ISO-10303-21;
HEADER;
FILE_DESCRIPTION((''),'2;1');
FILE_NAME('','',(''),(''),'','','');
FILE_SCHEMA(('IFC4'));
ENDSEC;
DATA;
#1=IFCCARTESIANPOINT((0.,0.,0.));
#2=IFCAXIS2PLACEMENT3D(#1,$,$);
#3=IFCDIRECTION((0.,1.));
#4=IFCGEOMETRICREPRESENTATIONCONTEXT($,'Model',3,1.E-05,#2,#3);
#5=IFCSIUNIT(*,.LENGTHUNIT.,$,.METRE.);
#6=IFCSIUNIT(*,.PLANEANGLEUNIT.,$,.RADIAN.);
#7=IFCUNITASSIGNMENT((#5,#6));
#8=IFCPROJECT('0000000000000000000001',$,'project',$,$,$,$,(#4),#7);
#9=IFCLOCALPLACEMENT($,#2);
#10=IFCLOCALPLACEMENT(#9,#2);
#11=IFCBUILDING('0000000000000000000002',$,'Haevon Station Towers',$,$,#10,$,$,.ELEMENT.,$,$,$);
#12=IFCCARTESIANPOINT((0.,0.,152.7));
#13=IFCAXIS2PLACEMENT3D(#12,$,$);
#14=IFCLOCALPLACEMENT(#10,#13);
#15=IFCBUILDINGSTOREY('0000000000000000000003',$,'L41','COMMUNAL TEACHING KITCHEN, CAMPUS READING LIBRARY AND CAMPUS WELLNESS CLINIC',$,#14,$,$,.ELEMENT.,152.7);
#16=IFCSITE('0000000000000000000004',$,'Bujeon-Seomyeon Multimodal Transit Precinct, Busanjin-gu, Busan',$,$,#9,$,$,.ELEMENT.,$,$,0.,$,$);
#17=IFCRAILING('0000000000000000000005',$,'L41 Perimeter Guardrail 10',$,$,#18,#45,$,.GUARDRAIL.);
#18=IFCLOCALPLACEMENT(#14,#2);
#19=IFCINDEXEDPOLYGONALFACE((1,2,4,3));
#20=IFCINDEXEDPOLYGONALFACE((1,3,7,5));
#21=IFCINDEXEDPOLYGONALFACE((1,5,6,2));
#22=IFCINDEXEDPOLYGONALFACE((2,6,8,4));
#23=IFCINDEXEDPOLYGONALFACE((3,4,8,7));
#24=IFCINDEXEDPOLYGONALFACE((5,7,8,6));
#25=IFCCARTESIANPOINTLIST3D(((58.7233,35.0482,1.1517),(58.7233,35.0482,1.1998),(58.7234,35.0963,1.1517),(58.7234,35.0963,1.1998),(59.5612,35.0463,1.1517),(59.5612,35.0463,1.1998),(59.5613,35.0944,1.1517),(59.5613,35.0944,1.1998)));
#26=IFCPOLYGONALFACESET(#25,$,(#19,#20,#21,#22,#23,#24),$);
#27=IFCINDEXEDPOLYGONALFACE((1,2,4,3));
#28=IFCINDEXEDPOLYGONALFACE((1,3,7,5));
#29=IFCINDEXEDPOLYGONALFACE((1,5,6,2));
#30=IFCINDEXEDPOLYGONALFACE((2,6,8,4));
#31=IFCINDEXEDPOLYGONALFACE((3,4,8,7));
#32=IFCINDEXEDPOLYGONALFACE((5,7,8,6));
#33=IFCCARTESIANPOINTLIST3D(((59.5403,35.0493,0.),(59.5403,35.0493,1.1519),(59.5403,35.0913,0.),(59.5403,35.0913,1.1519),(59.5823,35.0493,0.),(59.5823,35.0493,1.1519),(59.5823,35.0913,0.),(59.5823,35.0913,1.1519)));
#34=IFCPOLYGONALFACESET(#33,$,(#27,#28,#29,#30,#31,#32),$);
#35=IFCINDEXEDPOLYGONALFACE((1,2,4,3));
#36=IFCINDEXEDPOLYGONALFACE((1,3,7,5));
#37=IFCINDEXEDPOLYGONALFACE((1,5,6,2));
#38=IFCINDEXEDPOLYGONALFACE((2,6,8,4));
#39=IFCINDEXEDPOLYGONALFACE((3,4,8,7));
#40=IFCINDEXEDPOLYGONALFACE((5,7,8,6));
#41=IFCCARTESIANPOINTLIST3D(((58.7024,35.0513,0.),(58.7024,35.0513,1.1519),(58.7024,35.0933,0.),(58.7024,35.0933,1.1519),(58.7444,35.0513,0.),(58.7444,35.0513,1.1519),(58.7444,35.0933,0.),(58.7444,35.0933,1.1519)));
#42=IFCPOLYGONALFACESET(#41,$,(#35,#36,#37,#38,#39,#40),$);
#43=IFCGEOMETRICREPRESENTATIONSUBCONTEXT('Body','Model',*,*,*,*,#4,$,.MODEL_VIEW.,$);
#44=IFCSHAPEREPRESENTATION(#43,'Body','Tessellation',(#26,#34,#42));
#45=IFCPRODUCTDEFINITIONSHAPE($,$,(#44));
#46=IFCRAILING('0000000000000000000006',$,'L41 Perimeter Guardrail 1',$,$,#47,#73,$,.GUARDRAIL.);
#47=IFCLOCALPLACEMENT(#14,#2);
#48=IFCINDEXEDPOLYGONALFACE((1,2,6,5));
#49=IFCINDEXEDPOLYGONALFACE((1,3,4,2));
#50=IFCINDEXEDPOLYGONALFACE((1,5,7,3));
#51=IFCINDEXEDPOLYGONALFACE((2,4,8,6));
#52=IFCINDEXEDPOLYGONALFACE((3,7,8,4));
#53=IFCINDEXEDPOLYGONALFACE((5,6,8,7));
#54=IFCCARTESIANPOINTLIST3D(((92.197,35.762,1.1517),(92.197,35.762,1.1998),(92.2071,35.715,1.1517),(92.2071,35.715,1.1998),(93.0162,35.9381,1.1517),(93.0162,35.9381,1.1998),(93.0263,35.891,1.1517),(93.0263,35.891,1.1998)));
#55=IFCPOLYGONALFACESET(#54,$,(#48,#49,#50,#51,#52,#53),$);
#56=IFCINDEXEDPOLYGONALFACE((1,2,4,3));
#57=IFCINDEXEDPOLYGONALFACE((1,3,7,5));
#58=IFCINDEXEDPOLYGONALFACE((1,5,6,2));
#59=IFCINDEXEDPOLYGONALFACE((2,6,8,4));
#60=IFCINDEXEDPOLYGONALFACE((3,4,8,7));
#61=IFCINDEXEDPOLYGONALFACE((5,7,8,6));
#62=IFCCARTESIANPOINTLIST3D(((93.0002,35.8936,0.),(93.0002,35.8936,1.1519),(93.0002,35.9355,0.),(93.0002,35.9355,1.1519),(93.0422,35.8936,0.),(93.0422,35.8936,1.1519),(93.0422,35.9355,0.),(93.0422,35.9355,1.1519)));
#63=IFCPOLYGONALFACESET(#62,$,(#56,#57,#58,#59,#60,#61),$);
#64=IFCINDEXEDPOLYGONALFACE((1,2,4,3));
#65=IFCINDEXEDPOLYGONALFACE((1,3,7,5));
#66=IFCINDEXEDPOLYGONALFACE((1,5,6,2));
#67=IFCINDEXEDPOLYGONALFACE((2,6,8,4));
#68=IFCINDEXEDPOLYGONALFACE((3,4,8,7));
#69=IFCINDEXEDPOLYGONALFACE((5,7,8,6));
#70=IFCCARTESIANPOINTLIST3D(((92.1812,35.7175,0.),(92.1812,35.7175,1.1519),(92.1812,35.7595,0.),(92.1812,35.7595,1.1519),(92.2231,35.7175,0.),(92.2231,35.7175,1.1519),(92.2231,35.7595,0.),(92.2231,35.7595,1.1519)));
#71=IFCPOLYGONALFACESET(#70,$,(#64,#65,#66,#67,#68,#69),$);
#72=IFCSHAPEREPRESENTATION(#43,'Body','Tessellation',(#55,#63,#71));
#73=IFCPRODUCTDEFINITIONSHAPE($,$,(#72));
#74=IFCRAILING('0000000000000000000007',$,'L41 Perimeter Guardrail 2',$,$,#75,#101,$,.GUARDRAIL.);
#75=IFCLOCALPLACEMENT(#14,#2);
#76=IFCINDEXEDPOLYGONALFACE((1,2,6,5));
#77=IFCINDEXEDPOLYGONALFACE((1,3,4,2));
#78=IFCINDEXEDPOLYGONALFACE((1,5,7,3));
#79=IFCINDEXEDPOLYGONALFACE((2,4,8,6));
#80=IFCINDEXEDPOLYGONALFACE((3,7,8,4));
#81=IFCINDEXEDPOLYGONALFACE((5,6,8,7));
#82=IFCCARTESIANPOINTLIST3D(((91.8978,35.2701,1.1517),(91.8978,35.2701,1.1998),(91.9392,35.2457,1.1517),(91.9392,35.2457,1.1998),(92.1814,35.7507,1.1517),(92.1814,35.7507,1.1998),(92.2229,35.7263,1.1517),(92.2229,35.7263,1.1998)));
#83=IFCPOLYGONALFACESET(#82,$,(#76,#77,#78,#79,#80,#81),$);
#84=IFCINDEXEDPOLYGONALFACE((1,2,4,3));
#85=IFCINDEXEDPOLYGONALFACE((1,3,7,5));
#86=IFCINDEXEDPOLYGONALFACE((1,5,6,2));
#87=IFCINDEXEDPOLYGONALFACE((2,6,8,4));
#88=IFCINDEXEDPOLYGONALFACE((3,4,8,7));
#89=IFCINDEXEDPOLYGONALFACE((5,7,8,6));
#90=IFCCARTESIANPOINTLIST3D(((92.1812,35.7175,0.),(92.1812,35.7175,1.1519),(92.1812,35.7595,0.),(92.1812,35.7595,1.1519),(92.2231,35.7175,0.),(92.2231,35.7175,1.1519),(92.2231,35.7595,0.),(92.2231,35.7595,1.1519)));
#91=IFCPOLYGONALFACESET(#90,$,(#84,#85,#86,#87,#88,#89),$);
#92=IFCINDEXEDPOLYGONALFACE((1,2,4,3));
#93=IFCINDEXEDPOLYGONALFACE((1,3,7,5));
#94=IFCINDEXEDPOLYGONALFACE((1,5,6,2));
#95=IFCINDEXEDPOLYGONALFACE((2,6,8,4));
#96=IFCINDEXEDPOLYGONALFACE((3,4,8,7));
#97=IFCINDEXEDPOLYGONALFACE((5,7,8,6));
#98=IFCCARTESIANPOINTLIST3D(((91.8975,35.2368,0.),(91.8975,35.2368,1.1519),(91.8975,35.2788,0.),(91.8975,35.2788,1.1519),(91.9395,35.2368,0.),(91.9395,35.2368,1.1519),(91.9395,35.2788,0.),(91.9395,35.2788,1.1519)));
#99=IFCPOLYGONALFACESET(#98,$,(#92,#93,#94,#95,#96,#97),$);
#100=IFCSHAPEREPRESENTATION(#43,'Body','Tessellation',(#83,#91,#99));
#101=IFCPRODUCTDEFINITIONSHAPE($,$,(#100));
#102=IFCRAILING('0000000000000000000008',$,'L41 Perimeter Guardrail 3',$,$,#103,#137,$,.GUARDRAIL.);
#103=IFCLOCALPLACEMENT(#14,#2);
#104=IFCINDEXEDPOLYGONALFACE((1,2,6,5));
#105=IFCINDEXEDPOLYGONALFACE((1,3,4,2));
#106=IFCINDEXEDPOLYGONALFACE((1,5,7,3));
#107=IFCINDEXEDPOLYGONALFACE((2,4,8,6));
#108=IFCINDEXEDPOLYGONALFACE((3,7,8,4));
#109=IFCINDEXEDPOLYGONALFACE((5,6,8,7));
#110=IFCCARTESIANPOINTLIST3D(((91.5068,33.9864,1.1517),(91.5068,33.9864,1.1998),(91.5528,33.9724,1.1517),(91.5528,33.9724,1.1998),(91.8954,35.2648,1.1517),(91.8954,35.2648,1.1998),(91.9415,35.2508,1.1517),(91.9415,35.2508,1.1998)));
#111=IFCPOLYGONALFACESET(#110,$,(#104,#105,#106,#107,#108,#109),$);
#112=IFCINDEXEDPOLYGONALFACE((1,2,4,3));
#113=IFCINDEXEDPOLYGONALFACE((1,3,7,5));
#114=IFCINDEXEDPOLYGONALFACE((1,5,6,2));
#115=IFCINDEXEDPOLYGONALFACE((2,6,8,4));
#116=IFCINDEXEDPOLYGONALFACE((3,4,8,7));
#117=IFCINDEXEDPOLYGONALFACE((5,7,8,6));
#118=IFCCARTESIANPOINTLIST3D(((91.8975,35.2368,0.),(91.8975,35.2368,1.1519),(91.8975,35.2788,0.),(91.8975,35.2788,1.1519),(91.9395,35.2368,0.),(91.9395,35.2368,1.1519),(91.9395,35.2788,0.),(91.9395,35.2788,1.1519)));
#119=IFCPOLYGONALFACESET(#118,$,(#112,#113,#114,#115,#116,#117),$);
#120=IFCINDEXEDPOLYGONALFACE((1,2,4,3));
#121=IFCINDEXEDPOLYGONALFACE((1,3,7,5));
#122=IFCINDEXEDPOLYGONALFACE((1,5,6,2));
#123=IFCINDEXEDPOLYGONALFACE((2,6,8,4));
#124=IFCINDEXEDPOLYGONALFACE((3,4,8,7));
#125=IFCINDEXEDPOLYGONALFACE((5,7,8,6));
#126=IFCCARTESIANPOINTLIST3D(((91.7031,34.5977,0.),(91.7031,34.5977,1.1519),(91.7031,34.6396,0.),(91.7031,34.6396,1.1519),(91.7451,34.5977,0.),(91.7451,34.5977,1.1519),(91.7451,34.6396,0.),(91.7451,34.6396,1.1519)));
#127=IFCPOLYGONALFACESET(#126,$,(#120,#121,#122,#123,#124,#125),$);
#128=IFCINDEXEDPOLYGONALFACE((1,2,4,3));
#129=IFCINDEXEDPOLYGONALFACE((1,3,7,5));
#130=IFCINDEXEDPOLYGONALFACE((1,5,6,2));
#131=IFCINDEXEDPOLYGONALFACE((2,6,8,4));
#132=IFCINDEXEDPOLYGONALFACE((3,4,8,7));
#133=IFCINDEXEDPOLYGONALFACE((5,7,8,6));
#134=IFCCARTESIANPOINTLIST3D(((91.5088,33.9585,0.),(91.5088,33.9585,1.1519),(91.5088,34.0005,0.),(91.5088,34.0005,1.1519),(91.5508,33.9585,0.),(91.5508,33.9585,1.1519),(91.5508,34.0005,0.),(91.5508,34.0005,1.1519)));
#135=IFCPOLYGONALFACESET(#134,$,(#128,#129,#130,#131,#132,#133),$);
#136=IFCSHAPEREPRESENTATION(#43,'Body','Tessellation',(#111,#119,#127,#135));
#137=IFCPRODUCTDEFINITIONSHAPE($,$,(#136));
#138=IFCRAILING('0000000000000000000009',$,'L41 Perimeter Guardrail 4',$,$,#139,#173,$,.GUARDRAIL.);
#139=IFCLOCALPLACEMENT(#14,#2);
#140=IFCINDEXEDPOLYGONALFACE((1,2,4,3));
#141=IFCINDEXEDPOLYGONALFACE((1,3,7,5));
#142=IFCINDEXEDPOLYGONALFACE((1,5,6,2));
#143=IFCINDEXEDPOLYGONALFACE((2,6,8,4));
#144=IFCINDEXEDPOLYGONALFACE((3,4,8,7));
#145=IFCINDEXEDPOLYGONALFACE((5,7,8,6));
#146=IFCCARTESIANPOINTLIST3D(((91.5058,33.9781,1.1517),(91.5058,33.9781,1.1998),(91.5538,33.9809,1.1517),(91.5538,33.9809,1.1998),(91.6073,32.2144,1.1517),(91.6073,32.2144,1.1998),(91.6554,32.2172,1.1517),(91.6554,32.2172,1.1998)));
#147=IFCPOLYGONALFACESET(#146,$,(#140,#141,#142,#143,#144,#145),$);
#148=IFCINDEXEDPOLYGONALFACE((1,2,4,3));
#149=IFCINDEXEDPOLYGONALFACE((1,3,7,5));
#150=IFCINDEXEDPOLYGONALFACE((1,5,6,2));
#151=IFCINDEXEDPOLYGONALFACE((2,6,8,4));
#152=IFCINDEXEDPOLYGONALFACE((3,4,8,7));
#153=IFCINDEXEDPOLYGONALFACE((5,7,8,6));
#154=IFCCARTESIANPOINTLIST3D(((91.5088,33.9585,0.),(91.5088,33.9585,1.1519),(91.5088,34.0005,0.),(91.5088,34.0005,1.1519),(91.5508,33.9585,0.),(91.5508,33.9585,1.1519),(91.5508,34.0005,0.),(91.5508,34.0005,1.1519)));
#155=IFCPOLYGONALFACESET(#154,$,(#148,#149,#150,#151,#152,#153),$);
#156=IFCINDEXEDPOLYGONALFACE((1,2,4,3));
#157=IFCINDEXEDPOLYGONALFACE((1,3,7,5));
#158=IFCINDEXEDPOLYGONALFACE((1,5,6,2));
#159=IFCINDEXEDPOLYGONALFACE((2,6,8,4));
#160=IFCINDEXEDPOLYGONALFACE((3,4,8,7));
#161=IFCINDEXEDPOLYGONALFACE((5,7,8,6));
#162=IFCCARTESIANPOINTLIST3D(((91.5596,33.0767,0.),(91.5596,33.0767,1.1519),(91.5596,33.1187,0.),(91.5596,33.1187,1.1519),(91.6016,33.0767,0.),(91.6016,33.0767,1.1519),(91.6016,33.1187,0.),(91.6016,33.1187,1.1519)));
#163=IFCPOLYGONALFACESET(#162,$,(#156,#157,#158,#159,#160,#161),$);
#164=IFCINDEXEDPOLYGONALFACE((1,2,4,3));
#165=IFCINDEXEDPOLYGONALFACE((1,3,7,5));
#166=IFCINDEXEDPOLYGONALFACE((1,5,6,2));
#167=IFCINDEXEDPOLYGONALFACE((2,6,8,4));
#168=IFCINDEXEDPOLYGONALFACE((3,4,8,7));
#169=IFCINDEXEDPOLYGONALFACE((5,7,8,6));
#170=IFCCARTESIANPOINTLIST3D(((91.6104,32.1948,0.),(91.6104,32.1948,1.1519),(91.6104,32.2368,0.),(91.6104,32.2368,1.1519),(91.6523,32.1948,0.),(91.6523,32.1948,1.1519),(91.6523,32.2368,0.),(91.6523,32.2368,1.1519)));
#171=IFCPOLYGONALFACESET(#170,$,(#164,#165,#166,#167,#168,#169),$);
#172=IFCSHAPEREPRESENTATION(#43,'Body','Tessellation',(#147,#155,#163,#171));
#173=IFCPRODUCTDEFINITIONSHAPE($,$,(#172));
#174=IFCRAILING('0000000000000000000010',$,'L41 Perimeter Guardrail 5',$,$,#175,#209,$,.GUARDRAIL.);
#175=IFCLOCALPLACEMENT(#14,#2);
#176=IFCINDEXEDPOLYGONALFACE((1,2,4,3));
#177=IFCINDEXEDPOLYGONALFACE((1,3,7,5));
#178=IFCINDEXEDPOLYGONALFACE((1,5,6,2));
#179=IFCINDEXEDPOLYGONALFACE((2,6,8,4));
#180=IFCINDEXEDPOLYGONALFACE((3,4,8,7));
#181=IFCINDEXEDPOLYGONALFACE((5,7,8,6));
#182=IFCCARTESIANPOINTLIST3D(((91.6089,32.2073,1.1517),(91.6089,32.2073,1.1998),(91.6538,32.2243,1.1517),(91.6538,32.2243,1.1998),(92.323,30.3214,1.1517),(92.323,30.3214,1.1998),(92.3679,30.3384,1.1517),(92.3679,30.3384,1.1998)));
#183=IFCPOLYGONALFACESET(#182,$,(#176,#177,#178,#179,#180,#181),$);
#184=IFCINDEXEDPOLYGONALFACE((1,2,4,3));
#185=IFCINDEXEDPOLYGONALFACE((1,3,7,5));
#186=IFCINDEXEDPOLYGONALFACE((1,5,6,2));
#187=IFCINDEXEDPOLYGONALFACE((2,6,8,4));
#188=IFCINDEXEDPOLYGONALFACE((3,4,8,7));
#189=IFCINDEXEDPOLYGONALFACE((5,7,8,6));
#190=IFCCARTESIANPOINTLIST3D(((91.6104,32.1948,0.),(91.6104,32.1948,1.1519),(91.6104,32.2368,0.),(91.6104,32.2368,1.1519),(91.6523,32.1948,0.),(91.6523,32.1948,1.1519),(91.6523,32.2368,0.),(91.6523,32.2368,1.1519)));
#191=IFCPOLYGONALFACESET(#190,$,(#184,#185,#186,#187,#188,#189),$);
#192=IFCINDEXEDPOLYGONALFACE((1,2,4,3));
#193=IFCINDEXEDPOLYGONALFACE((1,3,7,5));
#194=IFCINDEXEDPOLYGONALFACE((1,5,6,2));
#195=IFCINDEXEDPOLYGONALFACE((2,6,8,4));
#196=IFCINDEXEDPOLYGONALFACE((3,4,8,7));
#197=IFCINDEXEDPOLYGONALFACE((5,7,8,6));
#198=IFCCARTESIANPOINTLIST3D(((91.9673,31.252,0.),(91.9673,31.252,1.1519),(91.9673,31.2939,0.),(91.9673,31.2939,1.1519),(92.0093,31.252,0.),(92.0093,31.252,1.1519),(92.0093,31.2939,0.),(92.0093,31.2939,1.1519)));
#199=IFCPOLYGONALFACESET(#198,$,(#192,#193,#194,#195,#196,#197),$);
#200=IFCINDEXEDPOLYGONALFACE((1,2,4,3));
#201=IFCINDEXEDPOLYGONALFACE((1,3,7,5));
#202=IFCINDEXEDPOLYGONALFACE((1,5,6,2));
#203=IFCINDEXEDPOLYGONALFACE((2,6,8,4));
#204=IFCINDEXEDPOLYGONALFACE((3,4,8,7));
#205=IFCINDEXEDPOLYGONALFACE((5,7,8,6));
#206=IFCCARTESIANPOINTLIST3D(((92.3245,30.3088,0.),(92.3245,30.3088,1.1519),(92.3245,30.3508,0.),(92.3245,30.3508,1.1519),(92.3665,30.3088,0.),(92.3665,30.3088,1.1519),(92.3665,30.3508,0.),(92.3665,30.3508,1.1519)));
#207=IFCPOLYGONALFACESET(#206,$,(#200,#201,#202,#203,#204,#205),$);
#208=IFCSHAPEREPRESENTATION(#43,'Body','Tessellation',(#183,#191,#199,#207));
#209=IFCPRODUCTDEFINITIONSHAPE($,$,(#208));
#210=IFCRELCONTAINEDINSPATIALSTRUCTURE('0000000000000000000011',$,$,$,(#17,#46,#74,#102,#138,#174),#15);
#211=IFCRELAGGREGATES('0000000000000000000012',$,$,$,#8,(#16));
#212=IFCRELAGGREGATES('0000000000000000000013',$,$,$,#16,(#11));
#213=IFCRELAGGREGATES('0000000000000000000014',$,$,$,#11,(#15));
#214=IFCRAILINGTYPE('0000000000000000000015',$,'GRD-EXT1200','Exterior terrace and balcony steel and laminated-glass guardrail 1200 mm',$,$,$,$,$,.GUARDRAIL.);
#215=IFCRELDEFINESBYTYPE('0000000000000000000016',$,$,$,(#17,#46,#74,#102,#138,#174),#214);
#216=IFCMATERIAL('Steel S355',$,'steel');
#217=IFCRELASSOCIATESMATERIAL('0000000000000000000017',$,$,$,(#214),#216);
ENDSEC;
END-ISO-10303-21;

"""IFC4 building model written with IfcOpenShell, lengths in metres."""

from ifc_helpers import new_model, si_unit, direction, frame, origin, origin_2d, place, context, subcontext, project, spatial, rectangle, extrude, material, type_object, element, save


model = new_model("IFC4")

# Units and contexts
model_context = context("Model", 3, precision=1e-05, world=origin(), true_north=direction((0.0, 1.0)))
body_context = subcontext(model_context, "Body", "Model", "MODEL_VIEW")
ifc_project = project(units=[si_unit("LENGTHUNIT", "METRE"), si_unit("PLANEANGLEUNIT", "RADIAN")], contexts=[model_context])

# Site, building, storey
site_placement = place(None, origin())
site = spatial("IfcSite", under=ifc_project, at=site_placement, Name="Bujeon-Seomyeon Multimodal Transit Precinct, Busanjin-gu, Busan", CompositionType="ELEMENT", RefElevation=0.0)
building_placement = place(site_placement, origin())
building = spatial("IfcBuilding", under=site, at=building_placement, Name="Haevon Station Towers", CompositionType="ELEMENT")
storey_placement = place(building_placement, frame((0.0, 0.0, 152.7)))
storey = spatial("IfcBuildingStorey", under=building, at=storey_placement, Name="L41", Description="COMMUNAL TEACHING KITCHEN, CAMPUS READING LIBRARY AND CAMPUS WELLNESS CLINIC", CompositionType="ELEMENT", Elevation=152.7)

# Shared definitions
ifc_material_1 = material(Name="Steel S355", Category="steel")

# Railings
railing_type = type_object("IfcRailingType", Name="GRD-EXT1200", Description="Exterior terrace and balcony steel and laminated-glass guardrail 1200 mm", PredefinedType="GUARDRAIL", material=ifc_material_1)
railing_1_placement = place(storey_placement, frame((59.5613, 35.0703, 0.0)))
element("IfcRailing", 1, at=railing_1_placement, inside=storey, type_object=railing_type, Name="L41 Perimeter Guardrail 10", PredefinedType="GUARDRAIL", context=body_context, shape_type="SweptSolid", body=[
    extrude(rectangle(XDim=0.0481, YDim=0.0481, at=origin_2d()), frame((0.0, 0.0, 1.1758), z_axis=(-0.999997, 0.002331, 0.0), x_axis=(-0.002331, -0.999997, 0.0)), (0.0, 0.0, 1.0), 0.8379),
    extrude(rectangle(XDim=0.042, YDim=0.042, at=origin_2d()), origin(), (0.0, 0.0, 1.0), 1.1519),
    extrude(rectangle(XDim=0.042, YDim=0.042, at=origin_2d()), frame((-0.8379, 0.002, 0.0)), (0.0, 0.0, 1.0), 1.1519),
])
railing_2_placement = place(storey_placement, frame((93.0212, 35.9146, 0.0)))
element("IfcRailing", 2, at=railing_2_placement, inside=storey, type_object=railing_type, Name="L41 Perimeter Guardrail 1", PredefinedType="GUARDRAIL", context=body_context, shape_type="SweptSolid", body=[
    extrude(rectangle(XDim=0.0481, YDim=0.0481, at=origin_2d()), frame((0.0, 0.0, 1.1758), z_axis=(-0.977679, -0.210106, 0.0), x_axis=(0.210106, -0.977679, 0.0)), (0.0, 0.0, 1.0), 0.8379),
    extrude(rectangle(XDim=0.042, YDim=0.042, at=origin_2d()), origin(), (0.0, 0.0, 1.0), 1.1519),
    extrude(rectangle(XDim=0.042, YDim=0.042, at=origin_2d()), frame((-0.8191, -0.176, 0.0)), (0.0, 0.0, 1.0), 1.1519),
])
railing_3_placement = place(storey_placement, frame((92.2021, 35.7385, 0.0)))
element("IfcRailing", 3, at=railing_3_placement, inside=storey, type_object=railing_type, Name="L41 Perimeter Guardrail 2", PredefinedType="GUARDRAIL", context=body_context, shape_type="SweptSolid", body=[
    extrude(rectangle(XDim=0.0481, YDim=0.0481, at=origin_2d()), frame((0.0, 0.0, 1.1758), z_axis=(-0.508243, -0.861214, 0.0), x_axis=(0.861214, -0.508243, 0.0)), (0.0, 0.0, 1.0), 0.5581),
    extrude(rectangle(XDim=0.042, YDim=0.042, at=origin_2d()), origin(), (0.0, 0.0, 1.0), 1.1519),
    extrude(rectangle(XDim=0.042, YDim=0.042, at=origin_2d()), frame((-0.2837, -0.4807, 0.0)), (0.0, 0.0, 1.0), 1.1519),
])
railing_4_placement = place(storey_placement, frame((91.9185, 35.2578, 0.0)))
element("IfcRailing", 4, at=railing_4_placement, inside=storey, type_object=railing_type, Name="L41 Perimeter Guardrail 3", PredefinedType="GUARDRAIL", context=body_context, shape_type="SweptSolid", body=[
    extrude(rectangle(XDim=0.0481, YDim=0.0481, at=origin_2d()), frame((0.0, 0.0, 1.1758), z_axis=(-0.2909, -0.956754, 0.0), x_axis=(0.956754, -0.2909, 0.0)), (0.0, 0.0, 1.0), 1.3362),
    extrude(rectangle(XDim=0.042, YDim=0.042, at=origin_2d()), origin(), (0.0, 0.0, 1.0), 1.1519),
    extrude(rectangle(XDim=0.042, YDim=0.042, at=origin_2d()), frame((-0.1943, -0.6392, 0.0)), (0.0, 0.0, 1.0), 1.1519),
    extrude(rectangle(XDim=0.042, YDim=0.042, at=origin_2d()), frame((-0.3887, -1.2783, 0.0)), (0.0, 0.0, 1.0), 1.1519),
])
railing_5_placement = place(storey_placement, frame((91.5298, 33.9795, 0.0)))
element("IfcRailing", 5, at=railing_5_placement, inside=storey, type_object=railing_type, Name="L41 Perimeter Guardrail 4", PredefinedType="GUARDRAIL", context=body_context, shape_type="SweptSolid", body=[
    extrude(rectangle(XDim=0.0481, YDim=0.0481, at=origin_2d()), frame((0.0, 0.0, 1.1758), z_axis=(0.057491, -0.998346, 0.0), x_axis=(0.998346, 0.057491, 0.0)), (0.0, 0.0, 1.0), 1.7666),
    extrude(rectangle(XDim=0.042, YDim=0.042, at=origin_2d()), origin(), (0.0, 0.0, 1.0), 1.1519),
    extrude(rectangle(XDim=0.042, YDim=0.042, at=origin_2d()), frame((0.0508, -0.8818, 0.0)), (0.0, 0.0, 1.0), 1.1519),
    extrude(rectangle(XDim=0.042, YDim=0.042, at=origin_2d()), frame((0.1016, -1.7637, 0.0)), (0.0, 0.0, 1.0), 1.1519),
])
railing_6_placement = place(storey_placement, frame((91.6313, 32.2158, 0.0)))
element("IfcRailing", 6, at=railing_6_placement, inside=storey, type_object=railing_type, Name="L41 Perimeter Guardrail 5", PredefinedType="GUARDRAIL", context=body_context, shape_type="SweptSolid", body=[
    extrude(rectangle(XDim=0.0481, YDim=0.0481, at=origin_2d()), frame((0.0, 0.0, 1.1758), z_axis=(0.354107, -0.935205, 0.0), x_axis=(0.935205, 0.354107, 0.0)), (0.0, 0.0, 1.0), 2.0166),
    extrude(rectangle(XDim=0.042, YDim=0.042, at=origin_2d()), origin(), (0.0, 0.0, 1.0), 1.1519),
    extrude(rectangle(XDim=0.042, YDim=0.042, at=origin_2d()), frame((0.3569, -0.9429, 0.0)), (0.0, 0.0, 1.0), 1.1519),
    extrude(rectangle(XDim=0.042, YDim=0.042, at=origin_2d()), frame((0.7141, -1.886, 0.0)), (0.0, 0.0, 1.0), 1.1519),
])

save(model, "model.ifc")
